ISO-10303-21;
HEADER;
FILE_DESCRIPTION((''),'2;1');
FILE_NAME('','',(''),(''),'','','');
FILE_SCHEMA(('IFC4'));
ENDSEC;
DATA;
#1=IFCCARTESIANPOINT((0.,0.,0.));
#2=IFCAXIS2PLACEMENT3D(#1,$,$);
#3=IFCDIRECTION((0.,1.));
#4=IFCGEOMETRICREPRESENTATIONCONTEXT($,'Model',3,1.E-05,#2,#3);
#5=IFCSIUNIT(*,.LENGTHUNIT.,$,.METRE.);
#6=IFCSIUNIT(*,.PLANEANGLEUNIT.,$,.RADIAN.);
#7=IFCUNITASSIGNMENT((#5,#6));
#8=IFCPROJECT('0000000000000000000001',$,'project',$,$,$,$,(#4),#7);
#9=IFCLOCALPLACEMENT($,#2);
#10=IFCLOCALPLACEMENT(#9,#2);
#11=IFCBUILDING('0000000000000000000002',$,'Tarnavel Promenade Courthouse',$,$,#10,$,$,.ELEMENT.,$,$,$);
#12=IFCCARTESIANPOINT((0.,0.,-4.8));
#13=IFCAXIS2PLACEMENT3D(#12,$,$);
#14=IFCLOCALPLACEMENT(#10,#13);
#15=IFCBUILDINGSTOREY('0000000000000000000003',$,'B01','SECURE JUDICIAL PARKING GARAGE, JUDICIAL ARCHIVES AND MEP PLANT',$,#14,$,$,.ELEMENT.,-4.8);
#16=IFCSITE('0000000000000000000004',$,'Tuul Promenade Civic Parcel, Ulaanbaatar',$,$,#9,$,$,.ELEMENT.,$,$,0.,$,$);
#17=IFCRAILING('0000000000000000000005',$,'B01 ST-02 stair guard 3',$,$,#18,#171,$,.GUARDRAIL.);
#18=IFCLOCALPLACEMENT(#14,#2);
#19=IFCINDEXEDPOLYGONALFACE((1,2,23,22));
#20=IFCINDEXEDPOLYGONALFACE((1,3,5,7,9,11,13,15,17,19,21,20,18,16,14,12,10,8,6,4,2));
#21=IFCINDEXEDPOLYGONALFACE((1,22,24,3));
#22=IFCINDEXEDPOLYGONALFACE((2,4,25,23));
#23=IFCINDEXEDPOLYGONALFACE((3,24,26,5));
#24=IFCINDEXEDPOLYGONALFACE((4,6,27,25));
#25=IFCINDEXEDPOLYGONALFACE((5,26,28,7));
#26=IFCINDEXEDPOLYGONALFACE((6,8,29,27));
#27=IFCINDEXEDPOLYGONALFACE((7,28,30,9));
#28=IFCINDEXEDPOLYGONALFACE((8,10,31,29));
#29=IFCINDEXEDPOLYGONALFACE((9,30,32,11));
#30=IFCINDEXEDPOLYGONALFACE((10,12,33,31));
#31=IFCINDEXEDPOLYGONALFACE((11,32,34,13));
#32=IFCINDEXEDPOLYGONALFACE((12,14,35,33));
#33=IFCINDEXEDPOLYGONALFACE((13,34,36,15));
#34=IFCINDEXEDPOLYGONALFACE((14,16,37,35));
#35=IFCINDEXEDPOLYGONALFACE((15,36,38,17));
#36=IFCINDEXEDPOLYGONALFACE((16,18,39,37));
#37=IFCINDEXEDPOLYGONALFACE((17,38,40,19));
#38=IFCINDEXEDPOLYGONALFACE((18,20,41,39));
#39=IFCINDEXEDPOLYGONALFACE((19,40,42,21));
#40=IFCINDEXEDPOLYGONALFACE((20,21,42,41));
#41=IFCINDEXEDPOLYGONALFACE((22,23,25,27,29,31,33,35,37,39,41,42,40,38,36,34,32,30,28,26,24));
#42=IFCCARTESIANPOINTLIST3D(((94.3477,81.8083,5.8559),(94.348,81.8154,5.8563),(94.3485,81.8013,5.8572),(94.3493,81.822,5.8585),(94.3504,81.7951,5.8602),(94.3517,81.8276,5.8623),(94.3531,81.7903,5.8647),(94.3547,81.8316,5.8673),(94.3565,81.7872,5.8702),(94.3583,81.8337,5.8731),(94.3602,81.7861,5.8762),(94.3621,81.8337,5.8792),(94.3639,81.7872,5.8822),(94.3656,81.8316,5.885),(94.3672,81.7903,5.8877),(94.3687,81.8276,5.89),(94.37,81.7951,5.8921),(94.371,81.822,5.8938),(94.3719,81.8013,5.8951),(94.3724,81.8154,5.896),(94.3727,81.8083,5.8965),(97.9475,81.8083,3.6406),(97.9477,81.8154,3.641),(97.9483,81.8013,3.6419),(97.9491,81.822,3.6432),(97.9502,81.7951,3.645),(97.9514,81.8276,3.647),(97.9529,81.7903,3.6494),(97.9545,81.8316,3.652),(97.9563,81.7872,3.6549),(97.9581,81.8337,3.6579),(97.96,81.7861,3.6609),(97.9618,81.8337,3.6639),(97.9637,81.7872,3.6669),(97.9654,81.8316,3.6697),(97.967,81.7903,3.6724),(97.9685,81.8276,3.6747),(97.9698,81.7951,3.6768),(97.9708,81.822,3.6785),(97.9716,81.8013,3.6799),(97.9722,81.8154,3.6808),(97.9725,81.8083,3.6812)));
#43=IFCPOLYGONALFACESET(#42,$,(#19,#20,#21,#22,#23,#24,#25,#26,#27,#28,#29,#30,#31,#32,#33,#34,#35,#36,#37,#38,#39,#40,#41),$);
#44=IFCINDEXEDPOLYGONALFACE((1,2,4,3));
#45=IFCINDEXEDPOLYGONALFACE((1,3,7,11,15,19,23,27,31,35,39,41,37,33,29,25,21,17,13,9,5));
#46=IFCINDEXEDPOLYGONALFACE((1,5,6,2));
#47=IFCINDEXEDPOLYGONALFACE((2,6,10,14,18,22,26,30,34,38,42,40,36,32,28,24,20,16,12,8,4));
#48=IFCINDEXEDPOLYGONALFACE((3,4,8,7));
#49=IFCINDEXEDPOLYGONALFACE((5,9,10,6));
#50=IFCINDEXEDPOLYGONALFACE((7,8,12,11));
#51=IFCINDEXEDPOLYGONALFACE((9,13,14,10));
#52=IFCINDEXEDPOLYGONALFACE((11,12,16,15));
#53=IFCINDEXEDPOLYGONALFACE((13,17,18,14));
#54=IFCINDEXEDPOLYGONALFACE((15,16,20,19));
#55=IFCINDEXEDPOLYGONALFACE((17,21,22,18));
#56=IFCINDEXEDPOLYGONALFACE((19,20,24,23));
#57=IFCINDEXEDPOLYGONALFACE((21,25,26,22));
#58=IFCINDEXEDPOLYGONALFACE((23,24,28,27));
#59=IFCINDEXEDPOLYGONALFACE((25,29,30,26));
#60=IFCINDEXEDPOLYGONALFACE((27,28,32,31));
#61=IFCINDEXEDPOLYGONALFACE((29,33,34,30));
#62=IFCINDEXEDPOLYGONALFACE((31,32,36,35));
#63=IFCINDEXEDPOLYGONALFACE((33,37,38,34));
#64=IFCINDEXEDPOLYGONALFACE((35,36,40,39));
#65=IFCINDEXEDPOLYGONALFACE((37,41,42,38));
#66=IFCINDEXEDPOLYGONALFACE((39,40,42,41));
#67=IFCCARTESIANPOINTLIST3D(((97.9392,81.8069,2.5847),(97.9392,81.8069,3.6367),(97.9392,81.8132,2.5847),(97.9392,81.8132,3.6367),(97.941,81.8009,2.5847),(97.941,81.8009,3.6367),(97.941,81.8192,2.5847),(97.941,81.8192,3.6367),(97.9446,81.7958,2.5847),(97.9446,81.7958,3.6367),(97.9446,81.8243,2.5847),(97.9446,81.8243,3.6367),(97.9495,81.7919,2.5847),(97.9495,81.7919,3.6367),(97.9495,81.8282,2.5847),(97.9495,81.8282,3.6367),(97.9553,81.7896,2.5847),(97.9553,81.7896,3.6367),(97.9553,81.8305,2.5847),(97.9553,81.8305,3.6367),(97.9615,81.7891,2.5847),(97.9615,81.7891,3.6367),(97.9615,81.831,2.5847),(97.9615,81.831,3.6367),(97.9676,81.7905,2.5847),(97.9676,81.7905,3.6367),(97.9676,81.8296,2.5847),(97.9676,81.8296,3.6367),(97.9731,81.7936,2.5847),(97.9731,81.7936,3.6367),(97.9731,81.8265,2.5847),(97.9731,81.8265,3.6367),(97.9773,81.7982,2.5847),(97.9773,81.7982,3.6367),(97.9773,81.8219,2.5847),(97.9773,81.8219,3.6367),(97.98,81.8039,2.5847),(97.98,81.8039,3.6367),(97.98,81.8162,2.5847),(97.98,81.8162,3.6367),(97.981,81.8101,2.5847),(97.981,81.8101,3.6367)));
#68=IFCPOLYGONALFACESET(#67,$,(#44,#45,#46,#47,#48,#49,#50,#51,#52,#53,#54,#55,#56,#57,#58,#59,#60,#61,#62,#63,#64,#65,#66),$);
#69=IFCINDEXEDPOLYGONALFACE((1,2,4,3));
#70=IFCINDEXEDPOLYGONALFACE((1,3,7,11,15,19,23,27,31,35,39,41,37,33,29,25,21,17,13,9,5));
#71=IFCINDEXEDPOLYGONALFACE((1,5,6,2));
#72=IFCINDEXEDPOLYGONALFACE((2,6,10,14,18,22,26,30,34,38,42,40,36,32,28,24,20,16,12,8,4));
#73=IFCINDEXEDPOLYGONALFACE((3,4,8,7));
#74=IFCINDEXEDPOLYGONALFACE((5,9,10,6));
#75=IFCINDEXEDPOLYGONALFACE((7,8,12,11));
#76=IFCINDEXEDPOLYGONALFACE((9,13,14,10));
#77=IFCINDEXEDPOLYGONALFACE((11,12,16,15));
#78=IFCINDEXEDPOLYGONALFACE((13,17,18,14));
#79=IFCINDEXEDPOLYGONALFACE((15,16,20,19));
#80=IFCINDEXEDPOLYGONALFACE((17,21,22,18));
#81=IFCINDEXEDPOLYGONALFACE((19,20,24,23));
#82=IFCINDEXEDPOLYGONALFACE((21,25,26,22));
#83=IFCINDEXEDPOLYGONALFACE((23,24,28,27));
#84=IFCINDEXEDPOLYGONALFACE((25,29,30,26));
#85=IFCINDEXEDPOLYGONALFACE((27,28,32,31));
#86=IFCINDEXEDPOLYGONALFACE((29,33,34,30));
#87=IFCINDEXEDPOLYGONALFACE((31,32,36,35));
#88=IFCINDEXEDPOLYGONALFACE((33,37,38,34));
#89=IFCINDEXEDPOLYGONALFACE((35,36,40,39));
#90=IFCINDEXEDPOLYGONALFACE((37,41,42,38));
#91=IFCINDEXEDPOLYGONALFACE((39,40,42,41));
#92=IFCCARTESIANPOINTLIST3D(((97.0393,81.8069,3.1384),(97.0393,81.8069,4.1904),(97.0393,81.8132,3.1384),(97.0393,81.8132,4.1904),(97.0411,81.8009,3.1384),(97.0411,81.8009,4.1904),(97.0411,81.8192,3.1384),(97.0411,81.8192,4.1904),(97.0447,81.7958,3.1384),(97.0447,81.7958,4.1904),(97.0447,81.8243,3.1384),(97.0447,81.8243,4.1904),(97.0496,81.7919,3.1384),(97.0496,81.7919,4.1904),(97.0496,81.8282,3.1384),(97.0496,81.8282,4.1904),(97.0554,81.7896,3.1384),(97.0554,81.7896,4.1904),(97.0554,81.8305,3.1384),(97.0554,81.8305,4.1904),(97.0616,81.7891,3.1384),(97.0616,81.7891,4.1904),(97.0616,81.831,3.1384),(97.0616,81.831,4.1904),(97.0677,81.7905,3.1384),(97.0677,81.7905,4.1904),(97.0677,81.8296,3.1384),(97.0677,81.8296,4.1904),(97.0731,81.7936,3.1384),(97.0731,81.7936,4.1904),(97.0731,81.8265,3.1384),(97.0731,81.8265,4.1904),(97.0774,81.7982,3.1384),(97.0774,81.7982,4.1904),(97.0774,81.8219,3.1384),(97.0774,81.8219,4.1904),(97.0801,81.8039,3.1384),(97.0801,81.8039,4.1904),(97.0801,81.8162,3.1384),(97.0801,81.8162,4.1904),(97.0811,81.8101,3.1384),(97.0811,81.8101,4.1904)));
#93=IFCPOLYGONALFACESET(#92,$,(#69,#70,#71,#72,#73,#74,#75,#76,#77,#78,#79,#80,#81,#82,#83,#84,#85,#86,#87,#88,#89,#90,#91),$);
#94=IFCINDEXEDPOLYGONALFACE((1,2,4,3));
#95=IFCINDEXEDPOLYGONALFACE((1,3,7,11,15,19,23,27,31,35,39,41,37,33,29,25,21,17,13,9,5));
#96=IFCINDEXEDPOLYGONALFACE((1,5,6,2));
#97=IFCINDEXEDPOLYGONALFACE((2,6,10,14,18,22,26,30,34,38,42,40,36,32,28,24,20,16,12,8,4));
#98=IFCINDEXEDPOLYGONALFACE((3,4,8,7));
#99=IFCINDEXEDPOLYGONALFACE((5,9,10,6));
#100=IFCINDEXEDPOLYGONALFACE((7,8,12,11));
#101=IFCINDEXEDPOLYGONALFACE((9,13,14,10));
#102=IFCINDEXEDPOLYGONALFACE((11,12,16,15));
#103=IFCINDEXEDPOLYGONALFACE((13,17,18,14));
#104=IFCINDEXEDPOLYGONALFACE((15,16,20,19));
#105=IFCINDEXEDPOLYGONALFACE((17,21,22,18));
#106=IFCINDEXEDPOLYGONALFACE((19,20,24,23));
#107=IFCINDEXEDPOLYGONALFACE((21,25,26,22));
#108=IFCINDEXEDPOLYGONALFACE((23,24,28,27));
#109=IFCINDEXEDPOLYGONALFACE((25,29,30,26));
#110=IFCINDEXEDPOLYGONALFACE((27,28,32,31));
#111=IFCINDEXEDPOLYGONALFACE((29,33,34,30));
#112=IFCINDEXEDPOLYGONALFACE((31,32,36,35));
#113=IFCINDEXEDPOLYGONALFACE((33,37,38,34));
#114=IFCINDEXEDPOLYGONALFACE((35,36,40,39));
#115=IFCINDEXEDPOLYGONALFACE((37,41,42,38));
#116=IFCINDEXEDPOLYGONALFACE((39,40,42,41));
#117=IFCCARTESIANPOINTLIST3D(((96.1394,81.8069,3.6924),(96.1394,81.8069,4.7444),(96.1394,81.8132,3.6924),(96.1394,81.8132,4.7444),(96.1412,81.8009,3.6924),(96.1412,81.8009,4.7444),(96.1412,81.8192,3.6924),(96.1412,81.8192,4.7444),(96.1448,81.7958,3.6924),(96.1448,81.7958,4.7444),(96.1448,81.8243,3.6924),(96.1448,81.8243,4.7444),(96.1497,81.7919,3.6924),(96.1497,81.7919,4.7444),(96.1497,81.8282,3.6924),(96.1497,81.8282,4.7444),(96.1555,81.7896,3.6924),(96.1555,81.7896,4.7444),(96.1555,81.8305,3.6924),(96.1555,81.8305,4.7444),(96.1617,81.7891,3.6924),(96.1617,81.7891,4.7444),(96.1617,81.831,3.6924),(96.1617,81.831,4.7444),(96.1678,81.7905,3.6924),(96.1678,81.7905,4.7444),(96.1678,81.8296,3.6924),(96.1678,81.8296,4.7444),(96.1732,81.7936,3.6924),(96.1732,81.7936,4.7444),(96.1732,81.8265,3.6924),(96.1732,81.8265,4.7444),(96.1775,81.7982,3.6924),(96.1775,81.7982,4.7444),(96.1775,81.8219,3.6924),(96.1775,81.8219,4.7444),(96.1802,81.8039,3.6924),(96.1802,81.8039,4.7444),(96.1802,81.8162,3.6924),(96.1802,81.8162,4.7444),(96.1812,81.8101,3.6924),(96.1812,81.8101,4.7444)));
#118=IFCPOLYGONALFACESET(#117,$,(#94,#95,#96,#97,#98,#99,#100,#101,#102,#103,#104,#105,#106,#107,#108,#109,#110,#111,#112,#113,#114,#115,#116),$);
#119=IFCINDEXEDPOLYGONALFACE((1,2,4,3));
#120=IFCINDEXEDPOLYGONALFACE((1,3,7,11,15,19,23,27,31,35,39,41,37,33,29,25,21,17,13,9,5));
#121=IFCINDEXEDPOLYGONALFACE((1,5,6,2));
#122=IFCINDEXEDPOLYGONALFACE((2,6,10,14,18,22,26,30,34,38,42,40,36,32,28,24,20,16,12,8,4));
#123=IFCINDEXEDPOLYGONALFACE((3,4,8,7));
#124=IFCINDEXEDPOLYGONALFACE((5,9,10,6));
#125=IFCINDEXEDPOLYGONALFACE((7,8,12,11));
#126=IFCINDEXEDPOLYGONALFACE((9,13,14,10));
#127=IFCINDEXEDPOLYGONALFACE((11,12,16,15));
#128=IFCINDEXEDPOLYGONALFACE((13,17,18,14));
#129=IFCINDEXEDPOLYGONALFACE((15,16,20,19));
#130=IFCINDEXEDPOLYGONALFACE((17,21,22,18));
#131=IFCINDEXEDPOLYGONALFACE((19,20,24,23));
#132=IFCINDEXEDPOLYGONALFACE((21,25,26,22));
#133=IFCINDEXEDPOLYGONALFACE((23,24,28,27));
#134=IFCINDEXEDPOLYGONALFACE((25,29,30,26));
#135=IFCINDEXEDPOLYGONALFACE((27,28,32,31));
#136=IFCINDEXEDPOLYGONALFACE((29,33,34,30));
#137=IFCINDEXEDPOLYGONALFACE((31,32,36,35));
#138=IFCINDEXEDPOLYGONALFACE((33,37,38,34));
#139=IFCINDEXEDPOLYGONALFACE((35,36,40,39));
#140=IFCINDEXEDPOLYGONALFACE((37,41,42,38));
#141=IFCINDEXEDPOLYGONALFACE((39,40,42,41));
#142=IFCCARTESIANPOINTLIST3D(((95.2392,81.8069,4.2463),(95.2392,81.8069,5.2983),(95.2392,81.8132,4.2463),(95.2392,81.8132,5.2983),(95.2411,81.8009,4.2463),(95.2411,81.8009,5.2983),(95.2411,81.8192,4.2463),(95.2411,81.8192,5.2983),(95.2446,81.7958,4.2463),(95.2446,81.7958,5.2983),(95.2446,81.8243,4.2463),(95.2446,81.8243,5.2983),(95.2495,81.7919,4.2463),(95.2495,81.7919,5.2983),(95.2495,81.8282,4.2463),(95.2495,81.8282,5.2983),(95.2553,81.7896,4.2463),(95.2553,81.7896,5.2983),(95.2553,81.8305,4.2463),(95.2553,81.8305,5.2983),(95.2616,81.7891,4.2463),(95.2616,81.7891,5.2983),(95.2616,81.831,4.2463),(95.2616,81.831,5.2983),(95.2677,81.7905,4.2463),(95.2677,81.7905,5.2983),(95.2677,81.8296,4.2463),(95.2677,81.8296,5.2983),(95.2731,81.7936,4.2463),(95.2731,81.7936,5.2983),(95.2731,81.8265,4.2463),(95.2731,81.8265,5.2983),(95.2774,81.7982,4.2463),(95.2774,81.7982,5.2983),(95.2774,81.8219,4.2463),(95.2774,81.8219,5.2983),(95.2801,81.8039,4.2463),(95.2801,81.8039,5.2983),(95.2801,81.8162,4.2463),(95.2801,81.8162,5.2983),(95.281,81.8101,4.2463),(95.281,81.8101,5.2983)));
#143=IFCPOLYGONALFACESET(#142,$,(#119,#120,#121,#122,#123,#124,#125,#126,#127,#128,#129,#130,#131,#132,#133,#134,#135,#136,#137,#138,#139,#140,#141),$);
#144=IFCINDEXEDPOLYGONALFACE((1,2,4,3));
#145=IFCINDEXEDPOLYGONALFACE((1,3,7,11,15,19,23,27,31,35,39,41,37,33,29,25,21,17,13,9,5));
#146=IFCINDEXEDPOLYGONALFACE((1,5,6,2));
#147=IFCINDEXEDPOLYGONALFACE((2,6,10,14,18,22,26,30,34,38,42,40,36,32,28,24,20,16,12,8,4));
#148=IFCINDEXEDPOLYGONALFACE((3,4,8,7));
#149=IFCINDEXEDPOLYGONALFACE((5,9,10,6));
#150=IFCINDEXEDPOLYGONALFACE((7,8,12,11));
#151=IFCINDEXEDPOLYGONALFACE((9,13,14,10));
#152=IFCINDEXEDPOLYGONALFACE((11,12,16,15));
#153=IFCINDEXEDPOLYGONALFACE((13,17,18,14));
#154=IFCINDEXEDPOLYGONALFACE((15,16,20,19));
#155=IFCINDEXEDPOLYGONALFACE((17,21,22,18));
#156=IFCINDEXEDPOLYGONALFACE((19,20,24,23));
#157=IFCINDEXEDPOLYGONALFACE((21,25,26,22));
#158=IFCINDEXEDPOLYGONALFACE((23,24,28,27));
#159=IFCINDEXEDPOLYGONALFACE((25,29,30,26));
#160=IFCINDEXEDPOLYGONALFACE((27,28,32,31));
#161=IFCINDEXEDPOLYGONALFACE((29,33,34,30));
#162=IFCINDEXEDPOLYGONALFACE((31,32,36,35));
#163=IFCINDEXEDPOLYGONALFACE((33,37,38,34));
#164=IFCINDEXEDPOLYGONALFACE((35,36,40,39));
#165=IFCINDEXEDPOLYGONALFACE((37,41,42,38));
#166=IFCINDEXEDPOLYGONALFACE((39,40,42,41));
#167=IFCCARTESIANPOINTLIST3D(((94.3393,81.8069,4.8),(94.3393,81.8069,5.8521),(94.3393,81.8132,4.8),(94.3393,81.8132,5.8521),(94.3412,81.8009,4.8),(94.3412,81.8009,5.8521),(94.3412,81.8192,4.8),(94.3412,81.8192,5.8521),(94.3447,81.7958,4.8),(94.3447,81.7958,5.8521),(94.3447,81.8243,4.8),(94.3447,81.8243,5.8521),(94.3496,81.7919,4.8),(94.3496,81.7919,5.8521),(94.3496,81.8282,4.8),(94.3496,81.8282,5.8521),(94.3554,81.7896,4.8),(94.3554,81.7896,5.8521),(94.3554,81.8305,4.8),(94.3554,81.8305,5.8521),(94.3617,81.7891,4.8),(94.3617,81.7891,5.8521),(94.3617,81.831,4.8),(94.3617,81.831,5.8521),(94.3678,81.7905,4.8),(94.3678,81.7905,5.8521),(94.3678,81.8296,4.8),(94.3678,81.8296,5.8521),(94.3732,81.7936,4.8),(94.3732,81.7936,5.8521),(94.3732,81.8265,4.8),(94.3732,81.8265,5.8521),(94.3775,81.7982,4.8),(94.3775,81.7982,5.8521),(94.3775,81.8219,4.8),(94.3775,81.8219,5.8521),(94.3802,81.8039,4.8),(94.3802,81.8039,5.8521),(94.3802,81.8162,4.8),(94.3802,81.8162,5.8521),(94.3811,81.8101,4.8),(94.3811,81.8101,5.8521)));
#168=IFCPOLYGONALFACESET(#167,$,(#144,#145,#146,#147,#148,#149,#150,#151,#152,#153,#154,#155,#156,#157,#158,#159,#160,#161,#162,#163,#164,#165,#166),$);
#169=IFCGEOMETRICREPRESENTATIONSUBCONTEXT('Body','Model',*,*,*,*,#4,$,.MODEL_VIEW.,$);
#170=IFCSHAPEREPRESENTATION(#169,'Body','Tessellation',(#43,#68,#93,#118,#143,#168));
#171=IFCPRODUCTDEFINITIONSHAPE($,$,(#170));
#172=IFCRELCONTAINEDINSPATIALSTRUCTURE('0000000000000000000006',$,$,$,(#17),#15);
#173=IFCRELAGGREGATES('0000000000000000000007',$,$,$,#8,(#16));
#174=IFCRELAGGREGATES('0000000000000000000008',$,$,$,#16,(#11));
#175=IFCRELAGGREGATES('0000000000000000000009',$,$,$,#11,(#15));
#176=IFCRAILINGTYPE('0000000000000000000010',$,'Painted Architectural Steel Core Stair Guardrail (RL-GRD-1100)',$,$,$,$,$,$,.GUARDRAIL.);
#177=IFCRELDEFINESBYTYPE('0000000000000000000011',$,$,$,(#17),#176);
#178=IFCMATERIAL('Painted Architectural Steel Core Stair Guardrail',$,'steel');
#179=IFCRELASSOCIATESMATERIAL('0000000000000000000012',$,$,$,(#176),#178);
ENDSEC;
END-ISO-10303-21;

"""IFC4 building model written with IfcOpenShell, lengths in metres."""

from ifc_helpers import new_model, si_unit, direction, frame, origin, origin_2d, place, context, subcontext, project, spatial, circle, extrude, material, type_object, element, save


model = new_model("IFC4")

# Units and contexts
model_context = context("Model", 3, precision=1e-05, world=origin(), true_north=direction((0.0, 1.0)))
body_context = subcontext(model_context, "Body", "Model", "MODEL_VIEW")
ifc_project = project(units=[si_unit("LENGTHUNIT", "METRE"), si_unit("PLANEANGLEUNIT", "RADIAN")], contexts=[model_context])

# Site, building, storey
site_placement = place(None, origin())
site = spatial("IfcSite", under=ifc_project, at=site_placement, Name="Tuul Promenade Civic Parcel, Ulaanbaatar", CompositionType="ELEMENT", RefElevation=0.0)
building_placement = place(site_placement, origin())
building = spatial("IfcBuilding", under=site, at=building_placement, Name="Tarnavel Promenade Courthouse", CompositionType="ELEMENT")
storey_placement = place(building_placement, frame((0.0, 0.0, -4.8)))
storey = spatial("IfcBuildingStorey", under=building, at=storey_placement, Name="B01", Description="SECURE JUDICIAL PARKING GARAGE, JUDICIAL ARCHIVES AND MEP PLANT", CompositionType="ELEMENT", Elevation=-4.8)

# Railing
ifc_material_1 = material(Name="Painted Architectural Steel Core Stair Guardrail", Category="steel")
railing_type_1 = type_object("IfcRailingType", Name="Painted Architectural Steel Core Stair Guardrail (RL-GRD-1100)", PredefinedType="GUARDRAIL", material=ifc_material_1)
railing_1_placement = place(storey_placement, frame((97.96, 81.8101, 2.5847)))
element("IfcRailing", 1, at=railing_1_placement, inside=storey, type_object=railing_type_1, Name="B01 ST-02 stair guard 3", PredefinedType="GUARDRAIL", context=body_context, shape_type="SweptSolid", body=[
    extrude(circle(Radius=0.0239, at=origin_2d()), frame((0.0, 0.0, 1.0762), z_axis=(-0.851654, 0.0, 0.524104), x_axis=(0.0, -1.0, 0.0)), (0.0, 0.0, 1.0), 4.2268),
    extrude(circle(Radius=0.021, at=origin_2d()), origin(), (0.0, 0.0, 1.0), 1.052),
    extrude(circle(Radius=0.021, at=origin_2d()), frame((-0.8999, 0.0, 0.5537)), (0.0, 0.0, 1.0), 1.052),
    extrude(circle(Radius=0.021, at=origin_2d()), frame((-1.7998, 0.0, 1.1077)), (0.0, 0.0, 1.0), 1.052),
    extrude(circle(Radius=0.021, at=origin_2d()), frame((-2.7, 0.0, 1.6616)), (0.0, 0.0, 1.0), 1.052),
    extrude(circle(Radius=0.021, at=origin_2d()), frame((-3.5999, 0.0, 2.2153)), (0.0, 0.0, 1.0), 1.052),
])

save(model, "model.ifc")
